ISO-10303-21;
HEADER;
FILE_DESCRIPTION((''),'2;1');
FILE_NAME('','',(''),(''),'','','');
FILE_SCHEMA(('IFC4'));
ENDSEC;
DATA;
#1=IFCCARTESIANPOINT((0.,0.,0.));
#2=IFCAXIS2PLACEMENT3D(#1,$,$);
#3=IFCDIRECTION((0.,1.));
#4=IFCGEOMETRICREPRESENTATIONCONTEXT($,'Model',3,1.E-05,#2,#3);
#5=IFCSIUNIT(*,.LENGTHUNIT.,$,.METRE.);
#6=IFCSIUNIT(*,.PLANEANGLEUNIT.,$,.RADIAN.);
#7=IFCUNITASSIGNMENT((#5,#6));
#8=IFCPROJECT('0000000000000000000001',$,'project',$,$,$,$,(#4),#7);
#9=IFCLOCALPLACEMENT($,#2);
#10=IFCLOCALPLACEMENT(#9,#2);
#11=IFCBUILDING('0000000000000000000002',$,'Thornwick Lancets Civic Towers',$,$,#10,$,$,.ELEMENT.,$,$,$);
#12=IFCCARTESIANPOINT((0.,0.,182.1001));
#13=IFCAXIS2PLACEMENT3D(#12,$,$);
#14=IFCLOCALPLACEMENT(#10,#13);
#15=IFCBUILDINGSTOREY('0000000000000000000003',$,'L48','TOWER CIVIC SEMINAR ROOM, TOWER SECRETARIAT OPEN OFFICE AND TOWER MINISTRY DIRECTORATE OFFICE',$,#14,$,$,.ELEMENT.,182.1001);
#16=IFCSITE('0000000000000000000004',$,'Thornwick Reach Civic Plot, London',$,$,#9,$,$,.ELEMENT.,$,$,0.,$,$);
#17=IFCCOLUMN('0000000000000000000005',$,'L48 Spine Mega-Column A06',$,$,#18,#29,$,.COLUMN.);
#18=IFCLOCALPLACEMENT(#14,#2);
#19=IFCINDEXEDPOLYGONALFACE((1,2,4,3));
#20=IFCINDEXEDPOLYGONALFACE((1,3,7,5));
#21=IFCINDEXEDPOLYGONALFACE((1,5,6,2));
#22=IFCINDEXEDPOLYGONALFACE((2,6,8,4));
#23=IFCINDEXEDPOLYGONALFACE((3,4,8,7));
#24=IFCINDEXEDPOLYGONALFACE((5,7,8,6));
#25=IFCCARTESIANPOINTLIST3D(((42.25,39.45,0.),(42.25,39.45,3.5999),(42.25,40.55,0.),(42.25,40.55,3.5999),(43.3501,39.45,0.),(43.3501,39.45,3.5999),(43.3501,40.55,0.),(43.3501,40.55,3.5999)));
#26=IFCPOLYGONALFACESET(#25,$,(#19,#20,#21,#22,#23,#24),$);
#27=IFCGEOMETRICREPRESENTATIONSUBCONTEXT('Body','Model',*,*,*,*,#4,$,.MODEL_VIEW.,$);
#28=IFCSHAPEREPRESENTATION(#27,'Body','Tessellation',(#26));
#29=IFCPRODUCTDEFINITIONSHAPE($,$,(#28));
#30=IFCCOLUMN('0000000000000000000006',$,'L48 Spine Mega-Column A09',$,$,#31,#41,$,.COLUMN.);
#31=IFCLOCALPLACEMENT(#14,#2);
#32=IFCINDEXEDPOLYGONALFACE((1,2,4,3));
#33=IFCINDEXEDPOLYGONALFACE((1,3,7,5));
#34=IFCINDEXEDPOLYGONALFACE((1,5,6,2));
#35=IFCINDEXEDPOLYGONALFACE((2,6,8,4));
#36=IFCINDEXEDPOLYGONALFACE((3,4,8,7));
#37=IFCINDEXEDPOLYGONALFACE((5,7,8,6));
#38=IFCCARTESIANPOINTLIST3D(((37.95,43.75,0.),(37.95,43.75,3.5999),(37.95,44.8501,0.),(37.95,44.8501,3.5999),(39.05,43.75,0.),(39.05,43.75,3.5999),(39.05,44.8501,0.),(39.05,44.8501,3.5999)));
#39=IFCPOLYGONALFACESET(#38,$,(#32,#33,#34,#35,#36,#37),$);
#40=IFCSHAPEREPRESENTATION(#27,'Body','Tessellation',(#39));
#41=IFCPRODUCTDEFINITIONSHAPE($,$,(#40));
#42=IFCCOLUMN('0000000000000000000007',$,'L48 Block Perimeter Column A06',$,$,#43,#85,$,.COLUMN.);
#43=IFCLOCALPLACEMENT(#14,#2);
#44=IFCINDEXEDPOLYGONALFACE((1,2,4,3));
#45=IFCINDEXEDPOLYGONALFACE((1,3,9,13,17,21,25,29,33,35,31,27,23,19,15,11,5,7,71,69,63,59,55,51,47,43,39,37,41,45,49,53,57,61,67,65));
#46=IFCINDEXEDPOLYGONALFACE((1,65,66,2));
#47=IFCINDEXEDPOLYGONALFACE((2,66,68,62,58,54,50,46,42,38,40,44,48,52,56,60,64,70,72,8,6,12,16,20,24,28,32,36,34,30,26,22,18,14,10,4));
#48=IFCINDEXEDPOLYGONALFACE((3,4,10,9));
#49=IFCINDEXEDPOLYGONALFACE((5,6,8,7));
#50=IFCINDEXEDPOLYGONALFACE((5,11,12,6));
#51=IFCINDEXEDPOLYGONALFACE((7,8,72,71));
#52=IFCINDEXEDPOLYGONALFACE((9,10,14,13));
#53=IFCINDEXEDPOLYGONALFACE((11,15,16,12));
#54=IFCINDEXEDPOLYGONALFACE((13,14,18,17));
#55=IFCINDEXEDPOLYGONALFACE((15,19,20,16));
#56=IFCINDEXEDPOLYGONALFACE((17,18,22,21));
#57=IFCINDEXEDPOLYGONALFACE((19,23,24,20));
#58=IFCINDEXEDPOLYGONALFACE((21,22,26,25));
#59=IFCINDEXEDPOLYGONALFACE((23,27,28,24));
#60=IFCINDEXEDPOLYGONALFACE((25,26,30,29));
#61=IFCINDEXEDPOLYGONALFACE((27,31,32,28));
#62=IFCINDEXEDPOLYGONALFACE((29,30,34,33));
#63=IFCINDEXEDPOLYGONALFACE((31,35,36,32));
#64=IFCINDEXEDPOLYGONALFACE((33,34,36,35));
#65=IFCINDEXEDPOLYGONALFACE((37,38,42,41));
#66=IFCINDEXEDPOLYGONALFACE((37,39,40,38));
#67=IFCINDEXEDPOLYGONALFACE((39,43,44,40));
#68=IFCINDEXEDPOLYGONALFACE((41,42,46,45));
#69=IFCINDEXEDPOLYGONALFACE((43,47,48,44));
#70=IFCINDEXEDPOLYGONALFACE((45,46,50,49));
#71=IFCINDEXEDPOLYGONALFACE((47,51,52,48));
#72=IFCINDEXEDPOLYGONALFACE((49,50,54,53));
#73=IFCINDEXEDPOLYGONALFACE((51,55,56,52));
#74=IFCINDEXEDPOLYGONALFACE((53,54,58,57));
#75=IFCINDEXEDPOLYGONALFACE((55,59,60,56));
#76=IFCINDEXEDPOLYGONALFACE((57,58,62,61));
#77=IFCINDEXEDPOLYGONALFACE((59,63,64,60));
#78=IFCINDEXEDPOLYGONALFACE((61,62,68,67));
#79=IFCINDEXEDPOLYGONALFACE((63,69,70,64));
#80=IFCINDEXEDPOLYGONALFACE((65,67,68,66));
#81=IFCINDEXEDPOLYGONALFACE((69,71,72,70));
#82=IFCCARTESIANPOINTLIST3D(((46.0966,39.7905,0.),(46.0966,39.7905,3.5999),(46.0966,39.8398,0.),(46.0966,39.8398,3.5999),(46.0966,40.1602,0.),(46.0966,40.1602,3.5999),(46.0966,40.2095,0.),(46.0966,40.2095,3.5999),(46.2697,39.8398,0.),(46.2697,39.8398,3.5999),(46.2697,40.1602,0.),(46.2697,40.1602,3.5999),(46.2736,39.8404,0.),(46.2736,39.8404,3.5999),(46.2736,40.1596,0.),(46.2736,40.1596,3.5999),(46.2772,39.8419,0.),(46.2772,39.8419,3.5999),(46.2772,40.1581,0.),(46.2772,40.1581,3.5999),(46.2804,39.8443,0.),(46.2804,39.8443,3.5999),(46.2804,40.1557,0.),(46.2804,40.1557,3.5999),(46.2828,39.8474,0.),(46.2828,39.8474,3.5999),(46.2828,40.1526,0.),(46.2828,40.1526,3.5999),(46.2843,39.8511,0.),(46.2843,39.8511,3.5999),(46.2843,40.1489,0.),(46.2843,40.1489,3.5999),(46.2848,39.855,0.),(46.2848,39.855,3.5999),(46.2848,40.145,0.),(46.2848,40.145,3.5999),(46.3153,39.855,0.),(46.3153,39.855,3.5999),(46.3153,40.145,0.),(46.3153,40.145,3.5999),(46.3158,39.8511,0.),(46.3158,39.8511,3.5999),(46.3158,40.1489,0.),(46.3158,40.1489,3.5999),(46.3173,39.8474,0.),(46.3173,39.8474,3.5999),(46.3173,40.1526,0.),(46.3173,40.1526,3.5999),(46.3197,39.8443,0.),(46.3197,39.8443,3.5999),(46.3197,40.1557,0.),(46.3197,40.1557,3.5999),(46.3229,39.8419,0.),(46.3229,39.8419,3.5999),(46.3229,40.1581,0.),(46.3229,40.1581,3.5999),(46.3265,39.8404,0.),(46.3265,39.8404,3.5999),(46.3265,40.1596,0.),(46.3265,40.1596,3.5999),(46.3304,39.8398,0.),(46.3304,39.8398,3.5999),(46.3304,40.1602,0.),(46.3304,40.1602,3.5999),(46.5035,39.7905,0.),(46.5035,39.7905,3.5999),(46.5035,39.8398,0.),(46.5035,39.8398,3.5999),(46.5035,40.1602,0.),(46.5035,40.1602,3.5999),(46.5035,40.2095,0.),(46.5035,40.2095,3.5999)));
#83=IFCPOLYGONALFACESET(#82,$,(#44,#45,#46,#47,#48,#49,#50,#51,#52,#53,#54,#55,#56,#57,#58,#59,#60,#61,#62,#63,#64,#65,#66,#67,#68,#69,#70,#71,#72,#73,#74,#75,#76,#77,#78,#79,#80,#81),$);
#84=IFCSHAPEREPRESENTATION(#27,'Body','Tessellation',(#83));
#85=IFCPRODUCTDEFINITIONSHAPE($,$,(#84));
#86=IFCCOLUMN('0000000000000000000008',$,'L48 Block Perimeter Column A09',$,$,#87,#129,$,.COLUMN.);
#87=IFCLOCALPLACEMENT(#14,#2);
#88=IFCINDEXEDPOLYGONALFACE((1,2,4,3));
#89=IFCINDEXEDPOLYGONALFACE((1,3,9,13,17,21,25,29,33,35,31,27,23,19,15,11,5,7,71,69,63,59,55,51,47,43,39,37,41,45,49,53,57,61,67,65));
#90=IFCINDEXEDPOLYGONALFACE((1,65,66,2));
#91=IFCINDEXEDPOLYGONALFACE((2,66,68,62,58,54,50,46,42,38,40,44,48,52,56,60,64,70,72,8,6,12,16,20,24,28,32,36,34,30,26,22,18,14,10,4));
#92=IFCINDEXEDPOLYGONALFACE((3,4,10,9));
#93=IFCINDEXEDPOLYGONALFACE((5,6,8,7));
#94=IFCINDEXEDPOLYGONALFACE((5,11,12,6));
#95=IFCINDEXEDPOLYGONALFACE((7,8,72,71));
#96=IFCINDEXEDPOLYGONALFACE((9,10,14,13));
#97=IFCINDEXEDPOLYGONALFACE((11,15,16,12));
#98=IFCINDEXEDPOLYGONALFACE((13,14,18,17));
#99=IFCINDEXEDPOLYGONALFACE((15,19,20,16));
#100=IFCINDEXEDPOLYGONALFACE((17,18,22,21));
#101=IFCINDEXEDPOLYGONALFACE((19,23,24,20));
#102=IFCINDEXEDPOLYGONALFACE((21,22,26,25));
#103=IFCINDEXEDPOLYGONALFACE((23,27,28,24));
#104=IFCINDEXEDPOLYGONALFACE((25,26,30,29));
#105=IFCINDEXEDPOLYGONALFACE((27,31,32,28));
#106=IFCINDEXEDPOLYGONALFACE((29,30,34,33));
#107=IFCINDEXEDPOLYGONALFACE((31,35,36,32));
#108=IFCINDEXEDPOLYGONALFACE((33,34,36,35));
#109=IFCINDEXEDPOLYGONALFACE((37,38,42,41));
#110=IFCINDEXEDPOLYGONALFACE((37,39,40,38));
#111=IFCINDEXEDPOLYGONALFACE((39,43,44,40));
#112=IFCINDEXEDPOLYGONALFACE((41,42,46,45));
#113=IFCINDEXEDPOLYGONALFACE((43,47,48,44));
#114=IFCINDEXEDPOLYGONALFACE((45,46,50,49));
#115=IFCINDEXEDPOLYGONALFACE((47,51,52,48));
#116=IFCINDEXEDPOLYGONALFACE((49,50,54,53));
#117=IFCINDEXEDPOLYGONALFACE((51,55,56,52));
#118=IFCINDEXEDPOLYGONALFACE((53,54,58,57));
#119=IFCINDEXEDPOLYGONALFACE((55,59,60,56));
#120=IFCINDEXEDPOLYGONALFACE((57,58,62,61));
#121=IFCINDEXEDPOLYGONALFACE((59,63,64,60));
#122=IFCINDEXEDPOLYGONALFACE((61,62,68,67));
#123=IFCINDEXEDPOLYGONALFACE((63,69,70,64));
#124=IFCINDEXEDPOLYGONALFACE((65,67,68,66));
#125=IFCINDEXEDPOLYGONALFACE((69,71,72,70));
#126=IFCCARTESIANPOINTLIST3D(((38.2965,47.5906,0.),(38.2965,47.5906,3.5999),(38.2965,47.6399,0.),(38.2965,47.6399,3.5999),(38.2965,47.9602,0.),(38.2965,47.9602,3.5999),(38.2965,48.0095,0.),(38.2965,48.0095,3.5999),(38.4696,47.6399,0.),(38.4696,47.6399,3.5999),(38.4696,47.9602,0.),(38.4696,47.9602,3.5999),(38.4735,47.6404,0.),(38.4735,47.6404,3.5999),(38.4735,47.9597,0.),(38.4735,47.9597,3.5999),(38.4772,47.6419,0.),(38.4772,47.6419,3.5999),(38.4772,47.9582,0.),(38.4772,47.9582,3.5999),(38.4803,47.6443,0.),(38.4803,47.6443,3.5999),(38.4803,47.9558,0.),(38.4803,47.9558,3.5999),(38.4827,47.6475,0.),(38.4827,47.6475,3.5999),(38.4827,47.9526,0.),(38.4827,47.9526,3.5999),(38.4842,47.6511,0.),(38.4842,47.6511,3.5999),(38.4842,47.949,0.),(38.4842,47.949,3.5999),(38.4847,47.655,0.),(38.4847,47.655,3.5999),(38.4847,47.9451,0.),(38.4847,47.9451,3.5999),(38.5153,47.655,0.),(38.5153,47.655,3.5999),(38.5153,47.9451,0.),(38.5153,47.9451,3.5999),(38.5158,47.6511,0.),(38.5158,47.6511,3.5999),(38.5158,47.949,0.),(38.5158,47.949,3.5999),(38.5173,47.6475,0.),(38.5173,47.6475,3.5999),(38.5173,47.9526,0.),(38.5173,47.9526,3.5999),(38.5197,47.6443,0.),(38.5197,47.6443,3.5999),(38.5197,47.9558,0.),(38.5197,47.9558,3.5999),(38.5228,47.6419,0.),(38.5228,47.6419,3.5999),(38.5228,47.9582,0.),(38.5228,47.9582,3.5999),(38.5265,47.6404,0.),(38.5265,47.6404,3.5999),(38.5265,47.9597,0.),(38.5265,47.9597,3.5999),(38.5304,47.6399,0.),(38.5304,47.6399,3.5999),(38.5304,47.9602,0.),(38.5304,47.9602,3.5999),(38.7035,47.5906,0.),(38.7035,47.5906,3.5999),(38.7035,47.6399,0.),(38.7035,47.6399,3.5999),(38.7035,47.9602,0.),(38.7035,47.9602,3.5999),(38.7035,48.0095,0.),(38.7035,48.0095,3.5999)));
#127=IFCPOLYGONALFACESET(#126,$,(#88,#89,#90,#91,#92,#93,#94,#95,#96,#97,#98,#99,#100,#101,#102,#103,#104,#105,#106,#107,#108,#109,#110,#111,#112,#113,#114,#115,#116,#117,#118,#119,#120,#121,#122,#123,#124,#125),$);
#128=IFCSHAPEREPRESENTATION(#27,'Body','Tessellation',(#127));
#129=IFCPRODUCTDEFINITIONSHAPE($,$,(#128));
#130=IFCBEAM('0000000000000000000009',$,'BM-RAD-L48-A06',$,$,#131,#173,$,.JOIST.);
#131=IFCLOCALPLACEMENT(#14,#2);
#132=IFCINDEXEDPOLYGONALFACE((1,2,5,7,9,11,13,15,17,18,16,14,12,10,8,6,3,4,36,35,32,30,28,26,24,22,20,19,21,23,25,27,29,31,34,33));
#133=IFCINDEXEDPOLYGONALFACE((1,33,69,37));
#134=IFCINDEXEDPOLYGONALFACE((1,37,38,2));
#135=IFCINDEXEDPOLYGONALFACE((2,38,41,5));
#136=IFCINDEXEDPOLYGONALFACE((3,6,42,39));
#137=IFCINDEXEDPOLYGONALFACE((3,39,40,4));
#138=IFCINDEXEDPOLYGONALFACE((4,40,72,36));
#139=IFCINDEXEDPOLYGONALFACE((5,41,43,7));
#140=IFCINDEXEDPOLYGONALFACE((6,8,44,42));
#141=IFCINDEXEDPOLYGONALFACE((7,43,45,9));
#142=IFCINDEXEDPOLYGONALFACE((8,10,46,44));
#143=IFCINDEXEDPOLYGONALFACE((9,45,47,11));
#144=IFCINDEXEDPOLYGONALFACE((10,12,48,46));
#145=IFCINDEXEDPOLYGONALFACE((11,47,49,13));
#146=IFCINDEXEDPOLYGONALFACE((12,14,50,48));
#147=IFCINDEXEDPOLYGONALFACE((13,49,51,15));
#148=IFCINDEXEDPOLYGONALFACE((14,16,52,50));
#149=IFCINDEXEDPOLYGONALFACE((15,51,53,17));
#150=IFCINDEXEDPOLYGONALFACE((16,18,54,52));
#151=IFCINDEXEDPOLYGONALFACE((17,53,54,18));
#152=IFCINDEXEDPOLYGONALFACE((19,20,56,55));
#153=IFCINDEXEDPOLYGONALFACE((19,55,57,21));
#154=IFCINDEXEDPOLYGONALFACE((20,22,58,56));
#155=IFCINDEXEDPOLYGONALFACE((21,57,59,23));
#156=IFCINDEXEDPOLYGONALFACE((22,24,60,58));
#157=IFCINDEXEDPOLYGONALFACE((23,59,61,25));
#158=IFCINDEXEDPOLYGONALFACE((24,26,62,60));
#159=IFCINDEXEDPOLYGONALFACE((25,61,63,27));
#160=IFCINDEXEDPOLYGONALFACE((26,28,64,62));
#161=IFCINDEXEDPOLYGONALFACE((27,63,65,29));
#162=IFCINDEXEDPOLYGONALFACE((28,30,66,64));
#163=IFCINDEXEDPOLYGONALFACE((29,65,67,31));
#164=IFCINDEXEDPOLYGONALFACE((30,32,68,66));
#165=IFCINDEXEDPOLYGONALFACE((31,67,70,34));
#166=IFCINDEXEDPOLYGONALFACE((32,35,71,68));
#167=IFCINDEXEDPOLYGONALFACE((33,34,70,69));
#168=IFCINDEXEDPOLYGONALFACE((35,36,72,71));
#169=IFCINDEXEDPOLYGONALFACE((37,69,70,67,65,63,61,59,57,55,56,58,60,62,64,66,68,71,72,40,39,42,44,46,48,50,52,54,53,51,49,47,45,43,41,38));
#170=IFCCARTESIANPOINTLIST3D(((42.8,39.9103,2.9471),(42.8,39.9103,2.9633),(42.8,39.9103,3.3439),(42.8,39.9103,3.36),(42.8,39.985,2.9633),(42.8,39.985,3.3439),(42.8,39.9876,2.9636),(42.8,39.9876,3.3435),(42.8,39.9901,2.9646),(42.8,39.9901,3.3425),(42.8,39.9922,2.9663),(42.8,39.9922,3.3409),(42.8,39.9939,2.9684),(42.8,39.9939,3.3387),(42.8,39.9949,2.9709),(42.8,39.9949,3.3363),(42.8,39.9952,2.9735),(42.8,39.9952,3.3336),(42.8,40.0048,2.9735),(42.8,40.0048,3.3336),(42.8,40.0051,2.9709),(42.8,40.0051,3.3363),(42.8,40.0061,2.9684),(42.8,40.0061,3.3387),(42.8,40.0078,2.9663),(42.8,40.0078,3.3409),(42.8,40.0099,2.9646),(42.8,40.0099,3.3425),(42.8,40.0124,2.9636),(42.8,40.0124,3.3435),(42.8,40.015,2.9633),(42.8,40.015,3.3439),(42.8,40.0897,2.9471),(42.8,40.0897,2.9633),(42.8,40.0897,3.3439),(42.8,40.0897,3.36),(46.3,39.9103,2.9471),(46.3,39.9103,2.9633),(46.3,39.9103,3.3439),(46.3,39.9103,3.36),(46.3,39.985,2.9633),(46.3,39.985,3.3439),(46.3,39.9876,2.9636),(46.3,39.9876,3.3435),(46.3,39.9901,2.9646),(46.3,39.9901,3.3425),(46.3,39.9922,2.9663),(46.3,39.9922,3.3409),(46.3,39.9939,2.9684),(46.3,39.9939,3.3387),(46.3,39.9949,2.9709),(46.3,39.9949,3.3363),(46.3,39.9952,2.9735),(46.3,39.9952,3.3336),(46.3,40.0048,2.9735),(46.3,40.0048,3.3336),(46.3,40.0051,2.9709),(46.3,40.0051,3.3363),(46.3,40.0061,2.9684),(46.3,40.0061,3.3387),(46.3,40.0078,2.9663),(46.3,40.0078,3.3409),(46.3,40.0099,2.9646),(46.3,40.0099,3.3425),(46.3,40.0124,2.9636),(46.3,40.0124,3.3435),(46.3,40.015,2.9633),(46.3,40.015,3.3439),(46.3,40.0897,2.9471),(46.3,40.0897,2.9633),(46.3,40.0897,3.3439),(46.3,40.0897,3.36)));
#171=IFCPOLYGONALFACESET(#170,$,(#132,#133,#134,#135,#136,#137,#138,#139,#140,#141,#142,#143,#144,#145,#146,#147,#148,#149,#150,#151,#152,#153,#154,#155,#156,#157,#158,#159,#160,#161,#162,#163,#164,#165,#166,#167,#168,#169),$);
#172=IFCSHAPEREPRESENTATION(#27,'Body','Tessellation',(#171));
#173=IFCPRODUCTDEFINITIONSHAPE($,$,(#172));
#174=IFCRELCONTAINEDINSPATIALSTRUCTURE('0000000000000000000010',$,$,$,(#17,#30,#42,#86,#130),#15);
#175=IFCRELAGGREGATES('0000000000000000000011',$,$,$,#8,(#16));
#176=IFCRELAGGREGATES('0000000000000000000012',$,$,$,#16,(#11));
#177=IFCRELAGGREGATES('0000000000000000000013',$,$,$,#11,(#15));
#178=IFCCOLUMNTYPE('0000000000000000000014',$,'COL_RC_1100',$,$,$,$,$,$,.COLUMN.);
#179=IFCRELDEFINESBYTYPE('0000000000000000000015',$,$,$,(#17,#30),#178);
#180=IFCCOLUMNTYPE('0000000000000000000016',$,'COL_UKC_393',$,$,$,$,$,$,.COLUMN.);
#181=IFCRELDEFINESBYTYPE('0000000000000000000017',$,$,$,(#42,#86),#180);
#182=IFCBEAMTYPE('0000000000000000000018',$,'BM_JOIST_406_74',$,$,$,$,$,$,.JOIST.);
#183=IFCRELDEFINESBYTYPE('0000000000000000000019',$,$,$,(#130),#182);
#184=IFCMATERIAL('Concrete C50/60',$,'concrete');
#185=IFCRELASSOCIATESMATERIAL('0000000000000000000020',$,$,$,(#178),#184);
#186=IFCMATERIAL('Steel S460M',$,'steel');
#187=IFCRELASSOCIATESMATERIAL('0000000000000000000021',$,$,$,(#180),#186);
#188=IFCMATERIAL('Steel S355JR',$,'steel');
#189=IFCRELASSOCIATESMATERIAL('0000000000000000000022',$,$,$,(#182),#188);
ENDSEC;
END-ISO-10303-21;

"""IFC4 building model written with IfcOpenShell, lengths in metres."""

from ifc_helpers import new_model, si_unit, direction, frame, origin, origin_2d, place, context, subcontext, project, spatial, rectangle, i_section, extrude, material, material_profile, profile_set, type_object, element, save


model = new_model("IFC4")

# Units and contexts
model_context = context("Model", 3, precision=1e-05, world=origin(), true_north=direction((0.0, 1.0)))
body_context = subcontext(model_context, "Body", "Model", "MODEL_VIEW")
ifc_project = project(units=[si_unit("LENGTHUNIT", "METRE"), si_unit("PLANEANGLEUNIT", "RADIAN")], contexts=[model_context])

# Site, building, storey
site_placement = place(None, origin())
site = spatial("IfcSite", under=ifc_project, at=site_placement, Name="Thornwick Reach Civic Plot, London", CompositionType="ELEMENT", RefElevation=0.0)
building_placement = place(site_placement, origin())
building = spatial("IfcBuilding", under=site, at=building_placement, Name="Thornwick Lancets Civic Towers", CompositionType="ELEMENT")
storey_placement = place(building_placement, frame((0.0, 0.0, 182.1001)))
storey = spatial("IfcBuildingStorey", under=building, at=storey_placement, Name="L48", Description="TOWER CIVIC SEMINAR ROOM, TOWER SECRETARIAT OPEN OFFICE AND TOWER MINISTRY DIRECTORATE OFFICE", CompositionType="ELEMENT", Elevation=182.1001)

# Columns
ifc_material_1 = material(Name="Concrete C50/60", Category="concrete")
ifc_material_profile_1 = material_profile(ifc_material_1, rectangle(XDim=1.1001, YDim=1.1001, at=origin_2d()), Name="RC 1100x1100")
ifc_profile_set_1 = profile_set([ifc_material_profile_1], Name="Concrete C50/60")
column_type_1 = type_object("IfcColumnType", Name="COL_RC_1100", PredefinedType="COLUMN", material=ifc_profile_set_1)
for number, where, z_axis, x_axis, name in (
    (1, (42.8, 40.0, 0.0), (0.0, 0.0, 1.0), (1.0, 0.0, 0.0), "L48 Spine Mega-Column A06"),
    (2, (38.5, 44.3, 0.0), (0.0, 0.0, 1.0), (1.0, 0.0, 0.0), "L48 Spine Mega-Column A09"),
):
    element("IfcColumn", number, at=place(storey_placement, frame(where, z_axis=z_axis, x_axis=x_axis)), inside=storey, type_object=column_type_1, Name=name, PredefinedType="COLUMN", context=body_context, shape_type="SweptSolid", body=[
        extrude(rectangle(XDim=1.1001, YDim=1.1001, at=origin_2d()), origin(), (0.0, 0.0, 1.0), 3.5999),
    ])
ifc_material_2 = material(Name="Steel S460M", Category="steel")
ifc_material_profile_2 = material_profile(ifc_material_2, i_section(OverallWidth=0.407, OverallDepth=0.4189, WebThickness=0.0305, FlangeThickness=0.0493, FilletRadius=0.0151, at=origin_2d()), Name="UKC 356x406x393")
ifc_profile_set_2 = profile_set([ifc_material_profile_2], Name="Steel S460M")
column_type_2 = type_object("IfcColumnType", Name="COL_UKC_393", PredefinedType="COLUMN", material=ifc_profile_set_2)
for number, where, z_axis, x_axis, name in (
    (3, (46.3, 40.0, 0.0), (0.0, 0.0, 1.0), (1.0, 0.0, 0.0), "L48 Block Perimeter Column A06"),
    (4, (38.5, 47.8, 0.0), (0.0, 0.0, 1.0), (1.0, 0.0, 0.0), "L48 Block Perimeter Column A09"),
):
    element("IfcColumn", number, at=place(storey_placement, frame(where, z_axis=z_axis, x_axis=x_axis)), inside=storey, type_object=column_type_2, Name=name, PredefinedType="COLUMN", context=body_context, shape_type="SweptSolid", body=[
        extrude(i_section(OverallWidth=0.407, OverallDepth=0.4189, WebThickness=0.0305, FlangeThickness=0.0493, FilletRadius=0.0151, at=origin_2d()), origin(), (0.0, 0.0, 1.0), 3.5999),
    ])

# Beam
ifc_material_3 = material(Name="Steel S355JR", Category="steel")
ifc_material_profile_3 = material_profile(ifc_material_3, i_section(OverallWidth=0.1794, OverallDepth=0.4128, WebThickness=0.0095, FlangeThickness=0.0161, FilletRadius=0.0103, at=origin_2d()), Name="UKB 406x178x74")
ifc_profile_set_3 = profile_set([ifc_material_profile_3], Name="Steel S355JR")
beam_type_1 = type_object("IfcBeamType", Name="BM_JOIST_406_74", PredefinedType="JOIST", material=ifc_profile_set_3)
for number, where, z_axis, x_axis, name in (
    (5, (42.8, 40.0, 3.1536), (1.0, 0.0, 0.0), (0.0, 1.0, 0.0), "BM-RAD-L48-A06"),
):
    element("IfcBeam", number, at=place(storey_placement, frame(where, z_axis=z_axis, x_axis=x_axis)), inside=storey, type_object=beam_type_1, Name=name, PredefinedType="JOIST", context=body_context, shape_type="SweptSolid", body=[
        extrude(i_section(OverallWidth=0.1794, OverallDepth=0.4128, WebThickness=0.0095, FlangeThickness=0.0161, FilletRadius=0.0103, at=origin_2d()), origin(), (0.0, 0.0, 1.0), 3.5),
    ])

save(model, "model.ifc")
